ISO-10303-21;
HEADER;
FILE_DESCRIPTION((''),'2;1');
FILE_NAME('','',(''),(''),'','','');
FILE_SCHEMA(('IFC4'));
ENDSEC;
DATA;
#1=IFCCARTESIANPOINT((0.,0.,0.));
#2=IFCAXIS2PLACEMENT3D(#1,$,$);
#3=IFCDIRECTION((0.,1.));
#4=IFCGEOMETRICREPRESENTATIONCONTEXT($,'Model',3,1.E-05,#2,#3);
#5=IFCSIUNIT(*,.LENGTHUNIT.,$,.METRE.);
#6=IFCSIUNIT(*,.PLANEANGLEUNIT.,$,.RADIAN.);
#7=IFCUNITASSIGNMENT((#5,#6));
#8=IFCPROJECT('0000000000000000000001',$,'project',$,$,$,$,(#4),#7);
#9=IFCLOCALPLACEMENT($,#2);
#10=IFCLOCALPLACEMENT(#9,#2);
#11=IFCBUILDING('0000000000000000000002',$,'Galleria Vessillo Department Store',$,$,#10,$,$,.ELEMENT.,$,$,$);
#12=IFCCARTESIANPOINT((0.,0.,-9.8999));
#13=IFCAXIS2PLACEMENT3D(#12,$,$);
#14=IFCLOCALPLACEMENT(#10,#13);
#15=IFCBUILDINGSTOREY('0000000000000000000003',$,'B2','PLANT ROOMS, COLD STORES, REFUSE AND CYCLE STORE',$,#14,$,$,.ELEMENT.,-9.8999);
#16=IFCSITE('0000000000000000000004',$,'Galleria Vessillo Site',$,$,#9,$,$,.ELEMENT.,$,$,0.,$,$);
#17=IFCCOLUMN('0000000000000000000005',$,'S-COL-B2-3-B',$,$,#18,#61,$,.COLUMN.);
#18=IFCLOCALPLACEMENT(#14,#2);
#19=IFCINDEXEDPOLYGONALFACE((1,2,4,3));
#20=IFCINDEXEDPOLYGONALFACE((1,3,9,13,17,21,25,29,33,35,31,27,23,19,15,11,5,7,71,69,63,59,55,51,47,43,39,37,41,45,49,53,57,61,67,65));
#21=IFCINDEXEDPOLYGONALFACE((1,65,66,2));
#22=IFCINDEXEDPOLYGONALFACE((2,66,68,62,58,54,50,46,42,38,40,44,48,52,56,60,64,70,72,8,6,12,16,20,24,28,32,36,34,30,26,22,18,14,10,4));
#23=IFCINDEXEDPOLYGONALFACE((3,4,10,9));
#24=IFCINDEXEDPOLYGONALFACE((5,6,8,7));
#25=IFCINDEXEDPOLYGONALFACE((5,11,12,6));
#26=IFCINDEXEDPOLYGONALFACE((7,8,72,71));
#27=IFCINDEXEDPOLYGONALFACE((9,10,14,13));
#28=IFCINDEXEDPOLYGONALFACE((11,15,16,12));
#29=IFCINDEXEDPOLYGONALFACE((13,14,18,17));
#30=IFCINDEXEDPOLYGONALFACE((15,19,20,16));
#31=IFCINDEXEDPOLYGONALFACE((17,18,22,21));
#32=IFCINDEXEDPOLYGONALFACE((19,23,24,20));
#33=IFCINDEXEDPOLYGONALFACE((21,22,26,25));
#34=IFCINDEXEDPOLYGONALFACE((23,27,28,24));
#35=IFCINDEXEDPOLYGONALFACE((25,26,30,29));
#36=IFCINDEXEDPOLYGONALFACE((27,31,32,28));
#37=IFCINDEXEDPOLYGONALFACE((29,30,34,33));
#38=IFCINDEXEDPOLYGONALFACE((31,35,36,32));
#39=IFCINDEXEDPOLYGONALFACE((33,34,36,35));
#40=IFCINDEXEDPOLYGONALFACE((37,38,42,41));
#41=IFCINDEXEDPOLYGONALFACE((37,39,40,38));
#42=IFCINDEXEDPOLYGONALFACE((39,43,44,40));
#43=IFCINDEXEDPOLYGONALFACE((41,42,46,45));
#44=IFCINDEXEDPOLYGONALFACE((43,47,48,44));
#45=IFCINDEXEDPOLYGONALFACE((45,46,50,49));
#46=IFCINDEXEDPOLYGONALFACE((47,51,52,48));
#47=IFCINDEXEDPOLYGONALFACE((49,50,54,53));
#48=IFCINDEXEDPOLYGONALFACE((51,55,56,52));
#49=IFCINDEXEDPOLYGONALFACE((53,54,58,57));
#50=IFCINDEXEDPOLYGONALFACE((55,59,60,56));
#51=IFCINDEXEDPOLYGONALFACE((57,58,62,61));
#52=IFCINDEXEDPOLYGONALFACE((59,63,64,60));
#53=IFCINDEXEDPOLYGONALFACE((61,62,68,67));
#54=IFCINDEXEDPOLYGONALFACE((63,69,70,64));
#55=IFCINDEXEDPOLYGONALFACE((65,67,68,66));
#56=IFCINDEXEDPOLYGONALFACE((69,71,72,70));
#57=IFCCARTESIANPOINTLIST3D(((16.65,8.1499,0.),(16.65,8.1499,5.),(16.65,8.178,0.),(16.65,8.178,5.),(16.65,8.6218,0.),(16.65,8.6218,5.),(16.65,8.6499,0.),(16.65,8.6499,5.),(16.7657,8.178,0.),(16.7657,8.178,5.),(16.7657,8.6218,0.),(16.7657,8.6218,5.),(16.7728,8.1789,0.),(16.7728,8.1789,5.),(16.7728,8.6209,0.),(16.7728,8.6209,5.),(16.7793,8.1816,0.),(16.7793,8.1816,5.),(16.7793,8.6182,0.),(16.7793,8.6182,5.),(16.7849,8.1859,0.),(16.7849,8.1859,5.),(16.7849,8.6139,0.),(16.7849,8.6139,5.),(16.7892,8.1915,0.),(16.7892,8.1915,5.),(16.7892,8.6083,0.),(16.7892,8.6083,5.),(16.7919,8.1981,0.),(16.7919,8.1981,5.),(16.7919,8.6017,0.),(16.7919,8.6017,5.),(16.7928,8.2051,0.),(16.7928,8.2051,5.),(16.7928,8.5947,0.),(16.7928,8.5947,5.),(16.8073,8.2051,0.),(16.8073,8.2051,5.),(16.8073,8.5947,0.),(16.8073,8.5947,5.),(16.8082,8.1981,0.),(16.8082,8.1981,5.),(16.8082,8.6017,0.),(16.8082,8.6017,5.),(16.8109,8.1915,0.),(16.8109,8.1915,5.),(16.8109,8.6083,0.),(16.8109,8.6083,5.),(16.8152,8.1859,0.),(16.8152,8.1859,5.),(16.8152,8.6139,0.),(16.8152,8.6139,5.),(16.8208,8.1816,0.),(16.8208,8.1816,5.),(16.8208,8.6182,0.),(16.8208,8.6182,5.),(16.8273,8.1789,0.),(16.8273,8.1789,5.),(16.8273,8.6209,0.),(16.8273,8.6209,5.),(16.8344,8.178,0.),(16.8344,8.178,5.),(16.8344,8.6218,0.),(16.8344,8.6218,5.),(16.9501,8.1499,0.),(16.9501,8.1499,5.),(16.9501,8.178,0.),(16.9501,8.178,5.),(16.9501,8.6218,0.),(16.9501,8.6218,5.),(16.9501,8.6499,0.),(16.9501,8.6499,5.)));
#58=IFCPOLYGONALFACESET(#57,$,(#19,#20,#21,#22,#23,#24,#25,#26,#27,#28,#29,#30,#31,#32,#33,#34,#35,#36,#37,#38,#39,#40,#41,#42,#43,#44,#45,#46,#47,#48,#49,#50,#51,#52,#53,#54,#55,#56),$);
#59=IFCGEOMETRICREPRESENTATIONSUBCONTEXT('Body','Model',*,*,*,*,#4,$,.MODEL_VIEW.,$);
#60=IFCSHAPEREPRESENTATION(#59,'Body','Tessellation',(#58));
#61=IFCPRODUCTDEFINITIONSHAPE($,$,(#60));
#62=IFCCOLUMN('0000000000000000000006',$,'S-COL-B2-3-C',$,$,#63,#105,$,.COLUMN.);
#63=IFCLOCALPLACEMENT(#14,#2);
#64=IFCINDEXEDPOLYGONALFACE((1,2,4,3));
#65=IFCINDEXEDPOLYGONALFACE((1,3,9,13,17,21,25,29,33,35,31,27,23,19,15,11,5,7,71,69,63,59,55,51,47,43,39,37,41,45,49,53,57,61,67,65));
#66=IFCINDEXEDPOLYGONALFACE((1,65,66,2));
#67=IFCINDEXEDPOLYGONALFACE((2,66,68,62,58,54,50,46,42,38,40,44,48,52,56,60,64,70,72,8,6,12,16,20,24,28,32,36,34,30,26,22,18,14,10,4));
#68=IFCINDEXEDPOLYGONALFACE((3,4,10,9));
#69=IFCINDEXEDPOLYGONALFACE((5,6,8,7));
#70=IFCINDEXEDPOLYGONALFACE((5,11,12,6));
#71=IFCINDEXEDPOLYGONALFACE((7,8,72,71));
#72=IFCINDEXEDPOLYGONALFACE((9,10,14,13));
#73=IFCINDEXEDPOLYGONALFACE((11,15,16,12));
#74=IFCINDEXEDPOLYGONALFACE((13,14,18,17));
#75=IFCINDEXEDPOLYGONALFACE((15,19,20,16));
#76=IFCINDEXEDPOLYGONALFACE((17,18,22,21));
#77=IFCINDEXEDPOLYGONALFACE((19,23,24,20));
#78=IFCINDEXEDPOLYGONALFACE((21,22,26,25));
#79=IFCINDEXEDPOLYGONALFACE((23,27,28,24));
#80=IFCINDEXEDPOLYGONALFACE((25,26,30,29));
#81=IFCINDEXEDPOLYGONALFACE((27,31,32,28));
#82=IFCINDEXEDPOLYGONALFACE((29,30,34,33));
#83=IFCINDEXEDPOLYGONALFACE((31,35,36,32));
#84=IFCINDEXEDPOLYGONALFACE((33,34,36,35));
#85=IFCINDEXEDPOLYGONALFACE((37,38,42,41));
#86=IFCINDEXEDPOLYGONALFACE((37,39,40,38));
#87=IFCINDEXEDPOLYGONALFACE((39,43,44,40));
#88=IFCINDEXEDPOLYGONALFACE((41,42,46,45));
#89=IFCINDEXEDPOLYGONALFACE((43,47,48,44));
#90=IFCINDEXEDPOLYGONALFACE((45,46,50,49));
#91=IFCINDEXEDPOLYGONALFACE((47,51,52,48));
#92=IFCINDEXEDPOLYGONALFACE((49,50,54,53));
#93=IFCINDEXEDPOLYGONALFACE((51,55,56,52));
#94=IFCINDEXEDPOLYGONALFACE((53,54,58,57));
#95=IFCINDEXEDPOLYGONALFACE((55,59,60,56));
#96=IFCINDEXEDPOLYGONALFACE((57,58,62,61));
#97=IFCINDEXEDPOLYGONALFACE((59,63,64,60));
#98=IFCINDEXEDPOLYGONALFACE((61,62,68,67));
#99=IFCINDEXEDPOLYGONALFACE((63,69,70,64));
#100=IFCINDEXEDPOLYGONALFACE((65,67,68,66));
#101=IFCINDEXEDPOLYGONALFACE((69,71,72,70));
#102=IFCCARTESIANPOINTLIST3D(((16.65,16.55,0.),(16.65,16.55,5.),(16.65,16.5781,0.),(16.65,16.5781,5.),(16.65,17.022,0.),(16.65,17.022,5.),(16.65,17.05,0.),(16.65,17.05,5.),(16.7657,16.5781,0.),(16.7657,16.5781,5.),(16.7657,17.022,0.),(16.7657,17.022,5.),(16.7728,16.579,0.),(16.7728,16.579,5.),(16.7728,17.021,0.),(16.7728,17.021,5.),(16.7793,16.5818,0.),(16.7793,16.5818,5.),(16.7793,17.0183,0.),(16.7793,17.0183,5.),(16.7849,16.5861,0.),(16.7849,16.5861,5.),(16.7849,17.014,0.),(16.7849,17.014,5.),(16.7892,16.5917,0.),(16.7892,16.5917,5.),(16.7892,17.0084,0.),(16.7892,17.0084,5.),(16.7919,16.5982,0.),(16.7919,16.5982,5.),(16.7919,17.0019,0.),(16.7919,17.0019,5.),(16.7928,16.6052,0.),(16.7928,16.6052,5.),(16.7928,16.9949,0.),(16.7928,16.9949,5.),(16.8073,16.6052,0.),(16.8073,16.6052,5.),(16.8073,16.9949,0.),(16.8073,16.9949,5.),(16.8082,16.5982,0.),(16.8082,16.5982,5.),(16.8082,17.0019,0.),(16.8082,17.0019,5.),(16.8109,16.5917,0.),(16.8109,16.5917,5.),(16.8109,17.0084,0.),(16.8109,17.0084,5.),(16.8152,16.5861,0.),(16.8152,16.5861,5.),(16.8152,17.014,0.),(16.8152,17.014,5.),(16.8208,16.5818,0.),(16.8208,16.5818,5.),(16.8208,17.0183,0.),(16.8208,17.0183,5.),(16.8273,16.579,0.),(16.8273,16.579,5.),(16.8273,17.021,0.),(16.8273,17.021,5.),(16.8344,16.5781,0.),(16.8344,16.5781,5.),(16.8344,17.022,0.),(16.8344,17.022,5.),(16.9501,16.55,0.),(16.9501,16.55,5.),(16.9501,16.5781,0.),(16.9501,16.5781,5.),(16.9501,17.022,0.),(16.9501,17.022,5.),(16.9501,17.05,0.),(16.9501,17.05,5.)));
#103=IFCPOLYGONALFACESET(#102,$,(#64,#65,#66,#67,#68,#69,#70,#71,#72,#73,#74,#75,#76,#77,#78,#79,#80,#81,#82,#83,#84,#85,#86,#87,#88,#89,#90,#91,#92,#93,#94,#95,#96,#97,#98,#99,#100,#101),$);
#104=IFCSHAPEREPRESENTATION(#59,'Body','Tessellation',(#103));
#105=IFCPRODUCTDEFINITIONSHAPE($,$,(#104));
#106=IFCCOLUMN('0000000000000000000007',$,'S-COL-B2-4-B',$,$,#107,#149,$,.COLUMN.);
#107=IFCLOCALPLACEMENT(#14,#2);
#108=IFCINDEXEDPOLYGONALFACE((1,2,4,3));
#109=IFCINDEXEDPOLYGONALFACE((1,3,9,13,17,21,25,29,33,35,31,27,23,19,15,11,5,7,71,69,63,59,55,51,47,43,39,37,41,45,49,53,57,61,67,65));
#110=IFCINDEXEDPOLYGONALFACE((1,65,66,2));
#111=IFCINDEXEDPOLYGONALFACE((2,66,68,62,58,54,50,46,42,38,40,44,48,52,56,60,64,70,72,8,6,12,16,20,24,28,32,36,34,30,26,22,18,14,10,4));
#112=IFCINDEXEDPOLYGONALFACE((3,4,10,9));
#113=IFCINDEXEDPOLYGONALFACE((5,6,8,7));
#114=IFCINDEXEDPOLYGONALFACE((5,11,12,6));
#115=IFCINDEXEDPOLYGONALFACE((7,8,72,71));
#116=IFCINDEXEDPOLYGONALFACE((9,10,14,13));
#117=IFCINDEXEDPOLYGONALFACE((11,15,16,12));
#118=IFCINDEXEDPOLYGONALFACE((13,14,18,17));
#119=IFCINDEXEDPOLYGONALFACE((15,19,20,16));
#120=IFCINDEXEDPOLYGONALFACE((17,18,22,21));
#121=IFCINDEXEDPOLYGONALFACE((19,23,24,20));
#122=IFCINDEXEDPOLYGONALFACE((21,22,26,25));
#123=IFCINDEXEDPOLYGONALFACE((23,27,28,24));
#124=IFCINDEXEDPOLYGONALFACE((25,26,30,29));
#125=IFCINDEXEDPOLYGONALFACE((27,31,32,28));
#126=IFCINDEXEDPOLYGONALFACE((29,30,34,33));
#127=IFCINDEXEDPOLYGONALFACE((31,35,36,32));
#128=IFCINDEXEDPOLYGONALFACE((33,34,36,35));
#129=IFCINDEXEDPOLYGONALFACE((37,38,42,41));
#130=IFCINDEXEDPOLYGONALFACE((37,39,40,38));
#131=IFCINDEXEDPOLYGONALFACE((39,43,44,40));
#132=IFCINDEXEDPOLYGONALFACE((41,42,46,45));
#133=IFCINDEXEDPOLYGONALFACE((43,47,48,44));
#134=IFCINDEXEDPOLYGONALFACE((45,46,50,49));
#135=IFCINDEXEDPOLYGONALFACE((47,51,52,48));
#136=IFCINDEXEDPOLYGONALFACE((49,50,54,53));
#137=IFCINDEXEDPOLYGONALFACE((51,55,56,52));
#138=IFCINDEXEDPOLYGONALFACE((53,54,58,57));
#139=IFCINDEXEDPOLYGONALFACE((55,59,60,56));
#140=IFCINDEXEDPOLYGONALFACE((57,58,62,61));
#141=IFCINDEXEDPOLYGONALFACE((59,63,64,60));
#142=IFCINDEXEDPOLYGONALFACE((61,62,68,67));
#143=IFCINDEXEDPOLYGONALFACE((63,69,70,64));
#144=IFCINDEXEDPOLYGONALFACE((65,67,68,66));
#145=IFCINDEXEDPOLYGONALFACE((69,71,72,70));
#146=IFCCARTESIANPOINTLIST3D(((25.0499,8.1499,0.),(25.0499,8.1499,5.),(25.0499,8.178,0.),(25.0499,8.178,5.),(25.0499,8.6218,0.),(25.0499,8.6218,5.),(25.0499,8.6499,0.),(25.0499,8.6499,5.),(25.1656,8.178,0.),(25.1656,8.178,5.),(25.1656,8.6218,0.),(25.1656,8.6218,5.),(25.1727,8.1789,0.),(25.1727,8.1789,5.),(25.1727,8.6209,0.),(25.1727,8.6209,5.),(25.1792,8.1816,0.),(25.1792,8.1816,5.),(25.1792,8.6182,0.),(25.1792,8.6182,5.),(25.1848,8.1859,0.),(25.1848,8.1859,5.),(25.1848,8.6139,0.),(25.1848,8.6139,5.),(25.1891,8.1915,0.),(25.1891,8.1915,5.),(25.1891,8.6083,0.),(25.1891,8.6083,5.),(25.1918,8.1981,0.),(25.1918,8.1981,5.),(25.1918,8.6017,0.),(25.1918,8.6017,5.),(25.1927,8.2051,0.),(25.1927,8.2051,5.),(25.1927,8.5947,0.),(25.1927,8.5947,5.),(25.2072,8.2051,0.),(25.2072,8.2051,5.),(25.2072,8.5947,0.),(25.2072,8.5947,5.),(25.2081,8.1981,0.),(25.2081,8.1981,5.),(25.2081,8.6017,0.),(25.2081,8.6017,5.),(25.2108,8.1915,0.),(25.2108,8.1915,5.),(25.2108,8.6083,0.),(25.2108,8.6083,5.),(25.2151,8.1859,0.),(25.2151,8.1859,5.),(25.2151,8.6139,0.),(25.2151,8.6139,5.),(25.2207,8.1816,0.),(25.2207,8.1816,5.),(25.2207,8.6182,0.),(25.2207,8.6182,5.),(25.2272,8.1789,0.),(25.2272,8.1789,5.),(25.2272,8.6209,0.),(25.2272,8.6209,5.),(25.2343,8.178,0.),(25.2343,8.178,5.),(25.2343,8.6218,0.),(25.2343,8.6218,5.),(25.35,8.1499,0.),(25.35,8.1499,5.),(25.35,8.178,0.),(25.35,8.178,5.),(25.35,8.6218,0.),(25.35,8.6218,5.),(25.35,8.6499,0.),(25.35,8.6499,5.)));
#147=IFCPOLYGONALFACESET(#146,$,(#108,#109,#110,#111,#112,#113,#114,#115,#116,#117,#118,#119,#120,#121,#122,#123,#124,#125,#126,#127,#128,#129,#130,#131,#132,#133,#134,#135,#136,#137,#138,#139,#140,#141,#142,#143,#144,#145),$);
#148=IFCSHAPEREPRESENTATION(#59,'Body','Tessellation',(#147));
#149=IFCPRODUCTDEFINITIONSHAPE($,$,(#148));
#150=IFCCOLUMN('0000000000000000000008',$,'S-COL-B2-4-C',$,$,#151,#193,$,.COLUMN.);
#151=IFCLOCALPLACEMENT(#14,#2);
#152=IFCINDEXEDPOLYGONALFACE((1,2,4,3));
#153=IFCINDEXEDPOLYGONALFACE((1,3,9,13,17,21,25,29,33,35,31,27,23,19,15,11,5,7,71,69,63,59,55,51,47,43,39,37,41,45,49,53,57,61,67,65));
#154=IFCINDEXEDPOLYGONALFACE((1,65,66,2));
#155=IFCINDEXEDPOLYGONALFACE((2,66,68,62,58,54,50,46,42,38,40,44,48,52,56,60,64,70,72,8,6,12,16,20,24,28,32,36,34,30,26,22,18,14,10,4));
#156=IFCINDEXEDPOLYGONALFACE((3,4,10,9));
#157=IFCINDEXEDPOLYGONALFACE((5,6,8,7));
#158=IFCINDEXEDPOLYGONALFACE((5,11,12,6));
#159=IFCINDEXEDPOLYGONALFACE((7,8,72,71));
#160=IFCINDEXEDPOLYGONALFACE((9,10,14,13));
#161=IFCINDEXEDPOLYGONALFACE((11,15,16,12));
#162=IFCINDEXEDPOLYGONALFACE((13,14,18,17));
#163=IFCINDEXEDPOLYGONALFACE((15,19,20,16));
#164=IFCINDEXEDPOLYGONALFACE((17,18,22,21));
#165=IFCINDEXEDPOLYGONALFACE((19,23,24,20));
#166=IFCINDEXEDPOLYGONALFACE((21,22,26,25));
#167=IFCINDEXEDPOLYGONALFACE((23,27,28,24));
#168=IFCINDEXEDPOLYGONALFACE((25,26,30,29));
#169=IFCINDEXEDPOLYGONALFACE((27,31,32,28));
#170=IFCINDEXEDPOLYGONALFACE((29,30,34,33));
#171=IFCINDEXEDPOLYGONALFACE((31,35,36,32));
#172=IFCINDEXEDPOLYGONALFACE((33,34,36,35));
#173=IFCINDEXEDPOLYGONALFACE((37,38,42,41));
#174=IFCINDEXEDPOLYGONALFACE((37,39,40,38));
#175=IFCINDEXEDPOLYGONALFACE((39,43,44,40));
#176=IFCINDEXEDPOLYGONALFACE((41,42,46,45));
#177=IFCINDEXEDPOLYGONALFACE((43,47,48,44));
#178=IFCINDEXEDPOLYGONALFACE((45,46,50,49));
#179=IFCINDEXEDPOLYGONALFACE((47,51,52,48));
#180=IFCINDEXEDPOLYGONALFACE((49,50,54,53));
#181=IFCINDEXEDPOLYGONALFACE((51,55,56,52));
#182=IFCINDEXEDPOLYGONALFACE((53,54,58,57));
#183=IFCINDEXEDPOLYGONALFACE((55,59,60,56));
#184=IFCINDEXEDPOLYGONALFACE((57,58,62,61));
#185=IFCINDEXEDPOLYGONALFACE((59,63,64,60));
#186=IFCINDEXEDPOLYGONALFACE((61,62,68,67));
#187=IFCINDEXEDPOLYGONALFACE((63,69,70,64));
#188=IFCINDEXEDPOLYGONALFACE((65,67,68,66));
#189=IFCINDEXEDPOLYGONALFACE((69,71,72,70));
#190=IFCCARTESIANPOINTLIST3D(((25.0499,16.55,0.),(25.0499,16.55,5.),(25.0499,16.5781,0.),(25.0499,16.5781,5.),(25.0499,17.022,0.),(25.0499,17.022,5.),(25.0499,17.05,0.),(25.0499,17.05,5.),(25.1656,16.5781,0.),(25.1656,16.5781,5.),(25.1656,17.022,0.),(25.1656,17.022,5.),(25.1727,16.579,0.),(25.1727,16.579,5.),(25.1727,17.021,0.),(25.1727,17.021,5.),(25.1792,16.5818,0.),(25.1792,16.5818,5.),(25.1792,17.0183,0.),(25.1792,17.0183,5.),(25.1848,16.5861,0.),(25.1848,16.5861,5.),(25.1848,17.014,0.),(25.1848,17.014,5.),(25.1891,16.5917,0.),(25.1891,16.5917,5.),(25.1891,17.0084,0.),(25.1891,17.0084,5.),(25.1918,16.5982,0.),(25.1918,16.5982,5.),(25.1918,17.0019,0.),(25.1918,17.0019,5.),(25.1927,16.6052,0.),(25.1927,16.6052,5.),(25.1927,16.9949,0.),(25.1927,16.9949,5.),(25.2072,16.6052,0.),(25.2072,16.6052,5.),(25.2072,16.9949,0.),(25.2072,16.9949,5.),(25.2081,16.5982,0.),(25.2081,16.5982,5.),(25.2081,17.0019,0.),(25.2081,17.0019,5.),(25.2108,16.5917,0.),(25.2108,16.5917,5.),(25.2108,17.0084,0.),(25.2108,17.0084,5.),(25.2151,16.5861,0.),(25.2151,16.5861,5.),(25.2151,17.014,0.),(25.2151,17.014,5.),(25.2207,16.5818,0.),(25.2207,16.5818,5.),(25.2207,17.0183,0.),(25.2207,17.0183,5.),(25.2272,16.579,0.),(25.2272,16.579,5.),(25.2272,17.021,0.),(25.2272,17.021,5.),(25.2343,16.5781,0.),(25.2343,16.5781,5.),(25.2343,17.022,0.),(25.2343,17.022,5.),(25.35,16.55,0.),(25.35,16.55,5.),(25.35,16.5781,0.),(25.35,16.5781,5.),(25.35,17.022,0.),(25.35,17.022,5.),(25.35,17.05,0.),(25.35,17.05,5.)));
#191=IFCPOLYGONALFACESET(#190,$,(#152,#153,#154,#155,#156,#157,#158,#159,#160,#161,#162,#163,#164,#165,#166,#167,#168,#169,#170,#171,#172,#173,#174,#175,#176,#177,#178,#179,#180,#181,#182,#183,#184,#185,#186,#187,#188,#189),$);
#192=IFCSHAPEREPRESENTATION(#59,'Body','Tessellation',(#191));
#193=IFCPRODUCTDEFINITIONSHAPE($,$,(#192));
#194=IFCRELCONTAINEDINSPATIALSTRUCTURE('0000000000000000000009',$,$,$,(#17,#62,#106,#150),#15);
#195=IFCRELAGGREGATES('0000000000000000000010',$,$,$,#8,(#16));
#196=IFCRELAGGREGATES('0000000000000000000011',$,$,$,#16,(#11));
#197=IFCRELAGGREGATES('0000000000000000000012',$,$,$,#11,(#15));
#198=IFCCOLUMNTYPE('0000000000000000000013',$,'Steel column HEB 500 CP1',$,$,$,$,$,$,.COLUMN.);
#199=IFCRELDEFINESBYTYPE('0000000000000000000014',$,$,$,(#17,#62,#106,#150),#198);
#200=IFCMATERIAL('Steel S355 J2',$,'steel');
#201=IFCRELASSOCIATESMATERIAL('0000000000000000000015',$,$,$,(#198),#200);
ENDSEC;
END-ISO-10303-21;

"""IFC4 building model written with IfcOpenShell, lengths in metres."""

from ifc_helpers import new_model, si_unit, direction, frame, origin, origin_2d, place, context, subcontext, project, spatial, i_section, extrude, material, material_profile, profile_set, type_object, element, save


model = new_model("IFC4")

# Units and contexts
model_context = context("Model", 3, precision=1e-05, world=origin(), true_north=direction((0.0, 1.0)))
body_context = subcontext(model_context, "Body", "Model", "MODEL_VIEW")
ifc_project = project(units=[si_unit("LENGTHUNIT", "METRE"), si_unit("PLANEANGLEUNIT", "RADIAN")], contexts=[model_context])

# Site, building, storey
site_placement = place(None, origin())
site = spatial("IfcSite", under=ifc_project, at=site_placement, Name="Galleria Vessillo Site", CompositionType="ELEMENT", RefElevation=0.0)
building_placement = place(site_placement, origin())
building = spatial("IfcBuilding", under=site, at=building_placement, Name="Galleria Vessillo Department Store", CompositionType="ELEMENT")
storey_placement = place(building_placement, frame((0.0, 0.0, -9.8999)))
storey = spatial("IfcBuildingStorey", under=building, at=storey_placement, Name="B2", Description="PLANT ROOMS, COLD STORES, REFUSE AND CYCLE STORE", CompositionType="ELEMENT", Elevation=-9.8999)

# Columns
ifc_material_1 = material(Name="Steel S355 J2", Category="steel")
ifc_material_profile_1 = material_profile(ifc_material_1, i_section(OverallWidth=0.3, OverallDepth=0.5, WebThickness=0.0144, FlangeThickness=0.0281, FilletRadius=0.0271, at=origin_2d()), Name="HEB 500")
ifc_profile_set_1 = profile_set([ifc_material_profile_1], Name="Steel S355 J2")
column_type_1 = type_object("IfcColumnType", Name="Steel column HEB 500 CP1", PredefinedType="COLUMN", material=ifc_profile_set_1)
for number, where, z_axis, x_axis, name in (
    (1, (16.8, 8.3999, 0.0), (0.0, 0.0, 1.0), (1.0, 0.0, 0.0), "S-COL-B2-3-B"),
    (2, (16.8, 16.8, 0.0), (0.0, 0.0, 1.0), (1.0, 0.0, 0.0), "S-COL-B2-3-C"),
    (3, (25.2, 8.3999, 0.0), (0.0, 0.0, 1.0), (1.0, 0.0, 0.0), "S-COL-B2-4-B"),
    (4, (25.2, 16.8, 0.0), (0.0, 0.0, 1.0), (1.0, 0.0, 0.0), "S-COL-B2-4-C"),
):
    element("IfcColumn", number, at=place(storey_placement, frame(where, z_axis=z_axis, x_axis=x_axis)), inside=storey, type_object=column_type_1, Name=name, PredefinedType="COLUMN", context=body_context, shape_type="SweptSolid", body=[
        extrude(i_section(OverallWidth=0.3, OverallDepth=0.5, WebThickness=0.0144, FlangeThickness=0.0281, FilletRadius=0.0271, at=origin_2d()), origin(), (0.0, 0.0, 1.0), 5.0),
    ])

save(model, "model.ifc")
